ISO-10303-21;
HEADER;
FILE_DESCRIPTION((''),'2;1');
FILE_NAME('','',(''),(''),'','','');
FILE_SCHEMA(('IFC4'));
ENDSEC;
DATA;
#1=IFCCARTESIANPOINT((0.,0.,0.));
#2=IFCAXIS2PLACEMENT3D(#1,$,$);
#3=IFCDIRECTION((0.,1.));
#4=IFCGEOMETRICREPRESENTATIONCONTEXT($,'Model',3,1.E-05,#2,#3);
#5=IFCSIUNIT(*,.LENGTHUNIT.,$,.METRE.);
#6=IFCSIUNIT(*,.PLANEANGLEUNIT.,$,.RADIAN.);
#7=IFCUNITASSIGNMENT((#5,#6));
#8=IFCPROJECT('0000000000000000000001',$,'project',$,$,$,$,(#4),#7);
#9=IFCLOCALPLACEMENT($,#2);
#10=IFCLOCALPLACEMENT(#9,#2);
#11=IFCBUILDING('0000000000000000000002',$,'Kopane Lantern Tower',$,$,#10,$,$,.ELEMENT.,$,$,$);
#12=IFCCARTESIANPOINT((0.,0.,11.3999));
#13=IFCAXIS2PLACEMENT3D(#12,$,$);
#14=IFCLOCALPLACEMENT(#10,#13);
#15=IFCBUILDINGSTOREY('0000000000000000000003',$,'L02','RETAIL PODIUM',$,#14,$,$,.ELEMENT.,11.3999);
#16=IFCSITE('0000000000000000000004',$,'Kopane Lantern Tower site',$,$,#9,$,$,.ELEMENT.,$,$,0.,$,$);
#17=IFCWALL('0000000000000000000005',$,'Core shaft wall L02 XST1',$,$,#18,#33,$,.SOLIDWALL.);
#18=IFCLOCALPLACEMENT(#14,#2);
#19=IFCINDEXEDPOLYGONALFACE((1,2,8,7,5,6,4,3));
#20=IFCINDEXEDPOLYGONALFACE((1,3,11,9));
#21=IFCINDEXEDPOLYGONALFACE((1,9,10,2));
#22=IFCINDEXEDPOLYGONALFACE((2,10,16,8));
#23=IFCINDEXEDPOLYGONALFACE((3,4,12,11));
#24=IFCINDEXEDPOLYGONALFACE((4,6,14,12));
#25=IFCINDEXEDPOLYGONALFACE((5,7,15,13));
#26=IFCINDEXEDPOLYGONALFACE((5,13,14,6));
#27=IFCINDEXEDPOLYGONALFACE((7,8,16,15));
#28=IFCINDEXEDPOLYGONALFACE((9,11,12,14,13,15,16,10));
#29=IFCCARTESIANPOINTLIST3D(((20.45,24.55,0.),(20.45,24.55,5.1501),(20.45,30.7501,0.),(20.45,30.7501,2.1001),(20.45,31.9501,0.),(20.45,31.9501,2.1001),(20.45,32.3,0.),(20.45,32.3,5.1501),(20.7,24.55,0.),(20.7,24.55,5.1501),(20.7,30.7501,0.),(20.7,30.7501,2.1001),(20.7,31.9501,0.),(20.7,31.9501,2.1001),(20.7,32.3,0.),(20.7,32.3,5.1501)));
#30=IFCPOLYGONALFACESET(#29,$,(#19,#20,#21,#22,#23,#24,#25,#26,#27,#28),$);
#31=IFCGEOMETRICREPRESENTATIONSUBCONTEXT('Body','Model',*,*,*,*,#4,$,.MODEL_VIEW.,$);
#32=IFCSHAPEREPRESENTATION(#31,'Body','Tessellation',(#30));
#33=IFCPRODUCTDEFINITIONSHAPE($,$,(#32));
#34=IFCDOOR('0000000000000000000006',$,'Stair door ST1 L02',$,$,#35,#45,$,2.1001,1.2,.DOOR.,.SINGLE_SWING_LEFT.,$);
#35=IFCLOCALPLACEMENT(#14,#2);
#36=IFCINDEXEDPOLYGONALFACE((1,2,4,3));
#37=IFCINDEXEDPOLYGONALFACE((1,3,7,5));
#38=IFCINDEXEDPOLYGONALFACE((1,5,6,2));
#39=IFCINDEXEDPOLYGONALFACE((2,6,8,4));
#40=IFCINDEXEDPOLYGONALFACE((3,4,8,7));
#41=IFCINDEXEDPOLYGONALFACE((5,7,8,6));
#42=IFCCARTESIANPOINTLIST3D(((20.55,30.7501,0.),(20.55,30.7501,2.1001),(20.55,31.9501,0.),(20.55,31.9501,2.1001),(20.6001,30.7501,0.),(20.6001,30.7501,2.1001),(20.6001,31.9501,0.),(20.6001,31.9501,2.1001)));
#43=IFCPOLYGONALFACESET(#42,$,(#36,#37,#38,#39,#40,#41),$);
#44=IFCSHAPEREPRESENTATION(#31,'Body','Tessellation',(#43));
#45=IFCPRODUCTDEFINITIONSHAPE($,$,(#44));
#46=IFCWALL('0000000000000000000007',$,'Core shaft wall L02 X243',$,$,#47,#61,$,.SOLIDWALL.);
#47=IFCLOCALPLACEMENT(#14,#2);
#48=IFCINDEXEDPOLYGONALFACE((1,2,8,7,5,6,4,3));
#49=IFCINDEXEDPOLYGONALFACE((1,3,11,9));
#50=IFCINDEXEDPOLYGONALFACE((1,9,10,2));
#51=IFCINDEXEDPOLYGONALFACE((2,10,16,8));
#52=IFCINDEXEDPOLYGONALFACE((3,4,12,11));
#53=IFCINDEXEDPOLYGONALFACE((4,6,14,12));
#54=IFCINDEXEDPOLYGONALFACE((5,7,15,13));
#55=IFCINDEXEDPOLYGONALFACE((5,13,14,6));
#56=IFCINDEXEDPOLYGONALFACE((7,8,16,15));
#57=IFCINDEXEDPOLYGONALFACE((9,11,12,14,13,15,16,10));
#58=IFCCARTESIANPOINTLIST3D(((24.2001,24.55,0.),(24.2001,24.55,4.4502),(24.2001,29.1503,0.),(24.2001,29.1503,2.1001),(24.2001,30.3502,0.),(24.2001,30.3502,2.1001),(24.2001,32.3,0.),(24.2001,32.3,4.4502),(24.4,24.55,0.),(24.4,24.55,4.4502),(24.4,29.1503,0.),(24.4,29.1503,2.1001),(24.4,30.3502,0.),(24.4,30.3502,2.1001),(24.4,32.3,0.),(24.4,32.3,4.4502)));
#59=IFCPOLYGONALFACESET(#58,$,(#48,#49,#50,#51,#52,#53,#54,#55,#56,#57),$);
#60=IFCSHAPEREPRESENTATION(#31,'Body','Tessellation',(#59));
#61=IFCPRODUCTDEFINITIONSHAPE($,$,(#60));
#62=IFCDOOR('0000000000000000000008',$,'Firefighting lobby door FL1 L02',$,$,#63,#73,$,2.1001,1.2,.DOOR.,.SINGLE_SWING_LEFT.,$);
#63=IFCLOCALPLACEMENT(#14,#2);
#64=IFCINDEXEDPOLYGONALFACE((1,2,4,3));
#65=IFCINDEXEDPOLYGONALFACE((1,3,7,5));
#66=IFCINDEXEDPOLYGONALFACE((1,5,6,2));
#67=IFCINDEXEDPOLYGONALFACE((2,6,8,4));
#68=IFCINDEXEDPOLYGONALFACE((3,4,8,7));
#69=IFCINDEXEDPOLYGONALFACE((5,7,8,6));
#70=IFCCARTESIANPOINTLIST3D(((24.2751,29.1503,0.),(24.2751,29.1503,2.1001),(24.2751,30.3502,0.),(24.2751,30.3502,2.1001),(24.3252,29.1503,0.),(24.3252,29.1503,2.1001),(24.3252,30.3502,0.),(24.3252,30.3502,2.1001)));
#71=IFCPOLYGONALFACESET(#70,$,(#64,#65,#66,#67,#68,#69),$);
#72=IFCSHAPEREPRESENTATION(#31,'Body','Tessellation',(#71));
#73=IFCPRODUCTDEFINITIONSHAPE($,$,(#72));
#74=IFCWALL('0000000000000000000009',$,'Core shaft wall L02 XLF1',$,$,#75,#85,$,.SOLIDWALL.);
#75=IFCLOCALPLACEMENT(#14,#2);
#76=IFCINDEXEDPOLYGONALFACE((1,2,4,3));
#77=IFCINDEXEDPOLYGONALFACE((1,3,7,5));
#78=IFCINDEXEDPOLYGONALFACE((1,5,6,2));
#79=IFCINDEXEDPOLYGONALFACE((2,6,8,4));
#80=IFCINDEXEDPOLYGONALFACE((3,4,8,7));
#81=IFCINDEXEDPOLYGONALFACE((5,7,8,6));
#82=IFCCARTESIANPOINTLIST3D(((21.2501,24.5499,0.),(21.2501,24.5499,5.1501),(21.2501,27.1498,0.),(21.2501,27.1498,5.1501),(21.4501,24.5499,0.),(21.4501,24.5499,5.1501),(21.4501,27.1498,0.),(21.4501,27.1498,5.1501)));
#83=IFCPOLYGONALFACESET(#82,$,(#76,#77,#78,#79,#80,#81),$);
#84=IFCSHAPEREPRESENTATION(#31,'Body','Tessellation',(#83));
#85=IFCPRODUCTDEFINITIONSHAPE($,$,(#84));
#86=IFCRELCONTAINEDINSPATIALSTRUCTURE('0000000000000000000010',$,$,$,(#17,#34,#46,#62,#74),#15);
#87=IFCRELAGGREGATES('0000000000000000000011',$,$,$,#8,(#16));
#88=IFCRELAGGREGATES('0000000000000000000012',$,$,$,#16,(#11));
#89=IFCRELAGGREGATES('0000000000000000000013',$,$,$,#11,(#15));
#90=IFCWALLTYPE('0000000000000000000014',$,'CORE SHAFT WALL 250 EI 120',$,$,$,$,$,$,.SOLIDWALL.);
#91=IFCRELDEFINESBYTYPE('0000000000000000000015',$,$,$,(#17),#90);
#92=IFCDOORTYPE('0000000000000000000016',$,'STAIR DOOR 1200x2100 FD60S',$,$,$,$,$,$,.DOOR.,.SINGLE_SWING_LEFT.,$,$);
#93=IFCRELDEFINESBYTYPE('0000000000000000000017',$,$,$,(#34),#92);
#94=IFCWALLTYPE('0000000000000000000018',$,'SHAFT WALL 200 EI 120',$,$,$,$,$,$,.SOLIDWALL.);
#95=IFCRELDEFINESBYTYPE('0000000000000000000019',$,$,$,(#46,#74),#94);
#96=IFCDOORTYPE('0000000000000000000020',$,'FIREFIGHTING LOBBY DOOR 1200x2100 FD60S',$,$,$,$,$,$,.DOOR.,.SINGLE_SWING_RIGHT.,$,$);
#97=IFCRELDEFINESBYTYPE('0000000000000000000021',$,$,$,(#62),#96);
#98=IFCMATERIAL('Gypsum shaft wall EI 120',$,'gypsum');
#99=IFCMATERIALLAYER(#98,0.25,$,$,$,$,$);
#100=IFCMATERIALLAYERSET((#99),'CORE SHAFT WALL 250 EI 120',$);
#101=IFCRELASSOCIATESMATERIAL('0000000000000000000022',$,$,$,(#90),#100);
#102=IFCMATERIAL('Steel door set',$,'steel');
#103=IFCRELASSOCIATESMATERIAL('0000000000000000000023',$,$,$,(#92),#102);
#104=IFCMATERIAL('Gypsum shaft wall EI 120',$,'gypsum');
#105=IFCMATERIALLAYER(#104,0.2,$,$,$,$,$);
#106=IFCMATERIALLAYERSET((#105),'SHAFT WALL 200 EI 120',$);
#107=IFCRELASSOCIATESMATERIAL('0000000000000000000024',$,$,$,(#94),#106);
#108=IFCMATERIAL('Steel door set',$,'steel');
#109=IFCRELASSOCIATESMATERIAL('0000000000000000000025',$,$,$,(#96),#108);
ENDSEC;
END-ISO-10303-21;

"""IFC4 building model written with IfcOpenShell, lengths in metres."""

from ifc_helpers import new_model, si_unit, direction, frame, frame_2d, origin, place, context, subcontext, project, spatial, rectangle, extrude, material, layer, layer_set, type_object, element, fill, save


model = new_model("IFC4")

# Units and contexts
model_context = context("Model", 3, precision=1e-05, world=origin(), true_north=direction((0.0, 1.0)))
body_context = subcontext(model_context, "Body", "Model", "MODEL_VIEW")
ifc_project = project(units=[si_unit("LENGTHUNIT", "METRE"), si_unit("PLANEANGLEUNIT", "RADIAN")], contexts=[model_context])

# Site, building, storey
site_placement = place(None, origin())
site = spatial("IfcSite", under=ifc_project, at=site_placement, Name="Kopane Lantern Tower site", CompositionType="ELEMENT", RefElevation=0.0)
building_placement = place(site_placement, origin())
building = spatial("IfcBuilding", under=site, at=building_placement, Name="Kopane Lantern Tower", CompositionType="ELEMENT")
storey_placement = place(building_placement, frame((0.0, 0.0, 11.3999)))
storey = spatial("IfcBuildingStorey", under=building, at=storey_placement, Name="L02", Description="RETAIL PODIUM", CompositionType="ELEMENT", Elevation=11.3999)

# Walls, openings, doors
ifc_material_1 = material(Name="Gypsum shaft wall EI 120", Category="gypsum")
ifc_layer_1 = layer(ifc_material_1, 0.25)
ifc_layer_set_1 = layer_set([ifc_layer_1], Name="CORE SHAFT WALL 250 EI 120")
wall_type_1 = type_object("IfcWallType", Name="CORE SHAFT WALL 250 EI 120", PredefinedType="SOLIDWALL", material=ifc_layer_set_1)
wall_1_placement = place(storey_placement, frame((20.575, 24.55, 0.0), z_axis=(0.0, 0.0, 1.0), x_axis=(0.0, 1.0, 0.0)))
wall_1 = element("IfcWall", 1, at=wall_1_placement, inside=storey, type_object=wall_type_1, Name="Core shaft wall L02 XST1", PredefinedType="SOLIDWALL", context=body_context, shape_type="SweptSolid", body=[
    extrude(rectangle(XDim=7.75, YDim=0.25, at=frame_2d((3.875, 0.0))), origin(), (0.0, 0.0, 1.0), 5.1501),
])
opening_1_placement = place(wall_1_placement, frame((6.2, 0.0, 0.0)))
opening_1 = element("IfcOpeningElement", 2, at=opening_1_placement, cuts=wall_1, PredefinedType="OPENING", context=body_context, shape_type="SweptSolid", body=[
    extrude(rectangle(XDim=1.2, YDim=2.1001, at=frame_2d((0.6001, 1.05))), frame((0.0, 0.135, 0.0), z_axis=(0.0, -1.0, 0.0), x_axis=(1.0, 0.0, 0.0)), (0.0, 0.0, 1.0), 0.27),
])
ifc_material_2 = material(Name="Steel door set", Category="steel")
door_type_1 = type_object("IfcDoorType", Name="STAIR DOOR 1200x2100 FD60S", OperationType="SINGLE_SWING_LEFT", PredefinedType="DOOR", material=ifc_material_2)
door_1_placement = place(opening_1_placement, origin())
door_1 = element("IfcDoor", 3, at=door_1_placement, inside=storey, type_object=door_type_1, Name="Stair door ST1 L02", OperationType="SINGLE_SWING_LEFT", OverallHeight=2.1001, OverallWidth=1.2, PredefinedType="DOOR", context=body_context, shape_type="SweptSolid", body=[
    extrude(rectangle(XDim=1.2, YDim=2.1001, at=frame_2d((0.6001, 1.05))), frame((0.0, 0.0249, 0.0), z_axis=(0.0, -1.0, 0.0), x_axis=(1.0, 0.0, 0.0)), (0.0, 0.0, 1.0), 0.05),
])
fill(opening_1, door_1)
ifc_material_3 = material(Name="Gypsum shaft wall EI 120", Category="gypsum")
ifc_layer_2 = layer(ifc_material_3, 0.2)
ifc_layer_set_2 = layer_set([ifc_layer_2], Name="SHAFT WALL 200 EI 120")
wall_type_2 = type_object("IfcWallType", Name="SHAFT WALL 200 EI 120", PredefinedType="SOLIDWALL", material=ifc_layer_set_2)
wall_2_placement = place(storey_placement, frame((24.3, 24.55, 0.0), z_axis=(0.0, 0.0, 1.0), x_axis=(0.0, 1.0, 0.0)))
wall_2 = element("IfcWall", 4, at=wall_2_placement, inside=storey, type_object=wall_type_2, Name="Core shaft wall L02 X243", PredefinedType="SOLIDWALL", context=body_context, shape_type="SweptSolid", body=[
    extrude(rectangle(XDim=7.75, YDim=0.2, at=frame_2d((3.875, 0.0))), origin(), (0.0, 0.0, 1.0), 4.4502),
])
opening_2_placement = place(wall_2_placement, frame((4.6001, 0.0, 0.0)))
opening_2 = element("IfcOpeningElement", 5, at=opening_2_placement, cuts=wall_2, PredefinedType="OPENING", context=body_context, shape_type="SweptSolid", body=[
    extrude(rectangle(XDim=1.2, YDim=2.1001, at=frame_2d((0.6001, 1.05))), frame((0.0, 0.1099, 0.0), z_axis=(0.0, -1.0, 0.0), x_axis=(1.0, 0.0, 0.0)), (0.0, 0.0, 1.0), 0.22),
])
ifc_material_4 = material(Name="Steel door set", Category="steel")
door_type_2 = type_object("IfcDoorType", Name="FIREFIGHTING LOBBY DOOR 1200x2100 FD60S", OperationType="SINGLE_SWING_RIGHT", PredefinedType="DOOR", material=ifc_material_4)
door_2_placement = place(opening_2_placement, origin())
door_2 = element("IfcDoor", 6, at=door_2_placement, inside=storey, type_object=door_type_2, Name="Firefighting lobby door FL1 L02", OperationType="SINGLE_SWING_LEFT", OverallHeight=2.1001, OverallWidth=1.2, PredefinedType="DOOR", context=body_context, shape_type="SweptSolid", body=[
    extrude(rectangle(XDim=1.2, YDim=2.1001, at=frame_2d((0.6001, 1.05))), frame((0.0, 0.0249, 0.0), z_axis=(0.0, -1.0, 0.0), x_axis=(1.0, 0.0, 0.0)), (0.0, 0.0, 1.0), 0.05),
])
fill(opening_2, door_2)

# Wall
wall_3_placement = place(storey_placement, frame((21.3501, 24.55, 0.0), z_axis=(0.0, 0.0, 1.0), x_axis=(0.0, 1.0, 0.0)))
element("IfcWall", 7, at=wall_3_placement, inside=storey, type_object=wall_type_2, Name="Core shaft wall L02 XLF1", PredefinedType="SOLIDWALL", context=body_context, shape_type="SweptSolid", body=[
    extrude(rectangle(XDim=2.5999, YDim=0.2, at=frame_2d((1.2998, 0.0))), origin(), (0.0, 0.0, 1.0), 5.1501),
])

save(model, "model.ifc")
